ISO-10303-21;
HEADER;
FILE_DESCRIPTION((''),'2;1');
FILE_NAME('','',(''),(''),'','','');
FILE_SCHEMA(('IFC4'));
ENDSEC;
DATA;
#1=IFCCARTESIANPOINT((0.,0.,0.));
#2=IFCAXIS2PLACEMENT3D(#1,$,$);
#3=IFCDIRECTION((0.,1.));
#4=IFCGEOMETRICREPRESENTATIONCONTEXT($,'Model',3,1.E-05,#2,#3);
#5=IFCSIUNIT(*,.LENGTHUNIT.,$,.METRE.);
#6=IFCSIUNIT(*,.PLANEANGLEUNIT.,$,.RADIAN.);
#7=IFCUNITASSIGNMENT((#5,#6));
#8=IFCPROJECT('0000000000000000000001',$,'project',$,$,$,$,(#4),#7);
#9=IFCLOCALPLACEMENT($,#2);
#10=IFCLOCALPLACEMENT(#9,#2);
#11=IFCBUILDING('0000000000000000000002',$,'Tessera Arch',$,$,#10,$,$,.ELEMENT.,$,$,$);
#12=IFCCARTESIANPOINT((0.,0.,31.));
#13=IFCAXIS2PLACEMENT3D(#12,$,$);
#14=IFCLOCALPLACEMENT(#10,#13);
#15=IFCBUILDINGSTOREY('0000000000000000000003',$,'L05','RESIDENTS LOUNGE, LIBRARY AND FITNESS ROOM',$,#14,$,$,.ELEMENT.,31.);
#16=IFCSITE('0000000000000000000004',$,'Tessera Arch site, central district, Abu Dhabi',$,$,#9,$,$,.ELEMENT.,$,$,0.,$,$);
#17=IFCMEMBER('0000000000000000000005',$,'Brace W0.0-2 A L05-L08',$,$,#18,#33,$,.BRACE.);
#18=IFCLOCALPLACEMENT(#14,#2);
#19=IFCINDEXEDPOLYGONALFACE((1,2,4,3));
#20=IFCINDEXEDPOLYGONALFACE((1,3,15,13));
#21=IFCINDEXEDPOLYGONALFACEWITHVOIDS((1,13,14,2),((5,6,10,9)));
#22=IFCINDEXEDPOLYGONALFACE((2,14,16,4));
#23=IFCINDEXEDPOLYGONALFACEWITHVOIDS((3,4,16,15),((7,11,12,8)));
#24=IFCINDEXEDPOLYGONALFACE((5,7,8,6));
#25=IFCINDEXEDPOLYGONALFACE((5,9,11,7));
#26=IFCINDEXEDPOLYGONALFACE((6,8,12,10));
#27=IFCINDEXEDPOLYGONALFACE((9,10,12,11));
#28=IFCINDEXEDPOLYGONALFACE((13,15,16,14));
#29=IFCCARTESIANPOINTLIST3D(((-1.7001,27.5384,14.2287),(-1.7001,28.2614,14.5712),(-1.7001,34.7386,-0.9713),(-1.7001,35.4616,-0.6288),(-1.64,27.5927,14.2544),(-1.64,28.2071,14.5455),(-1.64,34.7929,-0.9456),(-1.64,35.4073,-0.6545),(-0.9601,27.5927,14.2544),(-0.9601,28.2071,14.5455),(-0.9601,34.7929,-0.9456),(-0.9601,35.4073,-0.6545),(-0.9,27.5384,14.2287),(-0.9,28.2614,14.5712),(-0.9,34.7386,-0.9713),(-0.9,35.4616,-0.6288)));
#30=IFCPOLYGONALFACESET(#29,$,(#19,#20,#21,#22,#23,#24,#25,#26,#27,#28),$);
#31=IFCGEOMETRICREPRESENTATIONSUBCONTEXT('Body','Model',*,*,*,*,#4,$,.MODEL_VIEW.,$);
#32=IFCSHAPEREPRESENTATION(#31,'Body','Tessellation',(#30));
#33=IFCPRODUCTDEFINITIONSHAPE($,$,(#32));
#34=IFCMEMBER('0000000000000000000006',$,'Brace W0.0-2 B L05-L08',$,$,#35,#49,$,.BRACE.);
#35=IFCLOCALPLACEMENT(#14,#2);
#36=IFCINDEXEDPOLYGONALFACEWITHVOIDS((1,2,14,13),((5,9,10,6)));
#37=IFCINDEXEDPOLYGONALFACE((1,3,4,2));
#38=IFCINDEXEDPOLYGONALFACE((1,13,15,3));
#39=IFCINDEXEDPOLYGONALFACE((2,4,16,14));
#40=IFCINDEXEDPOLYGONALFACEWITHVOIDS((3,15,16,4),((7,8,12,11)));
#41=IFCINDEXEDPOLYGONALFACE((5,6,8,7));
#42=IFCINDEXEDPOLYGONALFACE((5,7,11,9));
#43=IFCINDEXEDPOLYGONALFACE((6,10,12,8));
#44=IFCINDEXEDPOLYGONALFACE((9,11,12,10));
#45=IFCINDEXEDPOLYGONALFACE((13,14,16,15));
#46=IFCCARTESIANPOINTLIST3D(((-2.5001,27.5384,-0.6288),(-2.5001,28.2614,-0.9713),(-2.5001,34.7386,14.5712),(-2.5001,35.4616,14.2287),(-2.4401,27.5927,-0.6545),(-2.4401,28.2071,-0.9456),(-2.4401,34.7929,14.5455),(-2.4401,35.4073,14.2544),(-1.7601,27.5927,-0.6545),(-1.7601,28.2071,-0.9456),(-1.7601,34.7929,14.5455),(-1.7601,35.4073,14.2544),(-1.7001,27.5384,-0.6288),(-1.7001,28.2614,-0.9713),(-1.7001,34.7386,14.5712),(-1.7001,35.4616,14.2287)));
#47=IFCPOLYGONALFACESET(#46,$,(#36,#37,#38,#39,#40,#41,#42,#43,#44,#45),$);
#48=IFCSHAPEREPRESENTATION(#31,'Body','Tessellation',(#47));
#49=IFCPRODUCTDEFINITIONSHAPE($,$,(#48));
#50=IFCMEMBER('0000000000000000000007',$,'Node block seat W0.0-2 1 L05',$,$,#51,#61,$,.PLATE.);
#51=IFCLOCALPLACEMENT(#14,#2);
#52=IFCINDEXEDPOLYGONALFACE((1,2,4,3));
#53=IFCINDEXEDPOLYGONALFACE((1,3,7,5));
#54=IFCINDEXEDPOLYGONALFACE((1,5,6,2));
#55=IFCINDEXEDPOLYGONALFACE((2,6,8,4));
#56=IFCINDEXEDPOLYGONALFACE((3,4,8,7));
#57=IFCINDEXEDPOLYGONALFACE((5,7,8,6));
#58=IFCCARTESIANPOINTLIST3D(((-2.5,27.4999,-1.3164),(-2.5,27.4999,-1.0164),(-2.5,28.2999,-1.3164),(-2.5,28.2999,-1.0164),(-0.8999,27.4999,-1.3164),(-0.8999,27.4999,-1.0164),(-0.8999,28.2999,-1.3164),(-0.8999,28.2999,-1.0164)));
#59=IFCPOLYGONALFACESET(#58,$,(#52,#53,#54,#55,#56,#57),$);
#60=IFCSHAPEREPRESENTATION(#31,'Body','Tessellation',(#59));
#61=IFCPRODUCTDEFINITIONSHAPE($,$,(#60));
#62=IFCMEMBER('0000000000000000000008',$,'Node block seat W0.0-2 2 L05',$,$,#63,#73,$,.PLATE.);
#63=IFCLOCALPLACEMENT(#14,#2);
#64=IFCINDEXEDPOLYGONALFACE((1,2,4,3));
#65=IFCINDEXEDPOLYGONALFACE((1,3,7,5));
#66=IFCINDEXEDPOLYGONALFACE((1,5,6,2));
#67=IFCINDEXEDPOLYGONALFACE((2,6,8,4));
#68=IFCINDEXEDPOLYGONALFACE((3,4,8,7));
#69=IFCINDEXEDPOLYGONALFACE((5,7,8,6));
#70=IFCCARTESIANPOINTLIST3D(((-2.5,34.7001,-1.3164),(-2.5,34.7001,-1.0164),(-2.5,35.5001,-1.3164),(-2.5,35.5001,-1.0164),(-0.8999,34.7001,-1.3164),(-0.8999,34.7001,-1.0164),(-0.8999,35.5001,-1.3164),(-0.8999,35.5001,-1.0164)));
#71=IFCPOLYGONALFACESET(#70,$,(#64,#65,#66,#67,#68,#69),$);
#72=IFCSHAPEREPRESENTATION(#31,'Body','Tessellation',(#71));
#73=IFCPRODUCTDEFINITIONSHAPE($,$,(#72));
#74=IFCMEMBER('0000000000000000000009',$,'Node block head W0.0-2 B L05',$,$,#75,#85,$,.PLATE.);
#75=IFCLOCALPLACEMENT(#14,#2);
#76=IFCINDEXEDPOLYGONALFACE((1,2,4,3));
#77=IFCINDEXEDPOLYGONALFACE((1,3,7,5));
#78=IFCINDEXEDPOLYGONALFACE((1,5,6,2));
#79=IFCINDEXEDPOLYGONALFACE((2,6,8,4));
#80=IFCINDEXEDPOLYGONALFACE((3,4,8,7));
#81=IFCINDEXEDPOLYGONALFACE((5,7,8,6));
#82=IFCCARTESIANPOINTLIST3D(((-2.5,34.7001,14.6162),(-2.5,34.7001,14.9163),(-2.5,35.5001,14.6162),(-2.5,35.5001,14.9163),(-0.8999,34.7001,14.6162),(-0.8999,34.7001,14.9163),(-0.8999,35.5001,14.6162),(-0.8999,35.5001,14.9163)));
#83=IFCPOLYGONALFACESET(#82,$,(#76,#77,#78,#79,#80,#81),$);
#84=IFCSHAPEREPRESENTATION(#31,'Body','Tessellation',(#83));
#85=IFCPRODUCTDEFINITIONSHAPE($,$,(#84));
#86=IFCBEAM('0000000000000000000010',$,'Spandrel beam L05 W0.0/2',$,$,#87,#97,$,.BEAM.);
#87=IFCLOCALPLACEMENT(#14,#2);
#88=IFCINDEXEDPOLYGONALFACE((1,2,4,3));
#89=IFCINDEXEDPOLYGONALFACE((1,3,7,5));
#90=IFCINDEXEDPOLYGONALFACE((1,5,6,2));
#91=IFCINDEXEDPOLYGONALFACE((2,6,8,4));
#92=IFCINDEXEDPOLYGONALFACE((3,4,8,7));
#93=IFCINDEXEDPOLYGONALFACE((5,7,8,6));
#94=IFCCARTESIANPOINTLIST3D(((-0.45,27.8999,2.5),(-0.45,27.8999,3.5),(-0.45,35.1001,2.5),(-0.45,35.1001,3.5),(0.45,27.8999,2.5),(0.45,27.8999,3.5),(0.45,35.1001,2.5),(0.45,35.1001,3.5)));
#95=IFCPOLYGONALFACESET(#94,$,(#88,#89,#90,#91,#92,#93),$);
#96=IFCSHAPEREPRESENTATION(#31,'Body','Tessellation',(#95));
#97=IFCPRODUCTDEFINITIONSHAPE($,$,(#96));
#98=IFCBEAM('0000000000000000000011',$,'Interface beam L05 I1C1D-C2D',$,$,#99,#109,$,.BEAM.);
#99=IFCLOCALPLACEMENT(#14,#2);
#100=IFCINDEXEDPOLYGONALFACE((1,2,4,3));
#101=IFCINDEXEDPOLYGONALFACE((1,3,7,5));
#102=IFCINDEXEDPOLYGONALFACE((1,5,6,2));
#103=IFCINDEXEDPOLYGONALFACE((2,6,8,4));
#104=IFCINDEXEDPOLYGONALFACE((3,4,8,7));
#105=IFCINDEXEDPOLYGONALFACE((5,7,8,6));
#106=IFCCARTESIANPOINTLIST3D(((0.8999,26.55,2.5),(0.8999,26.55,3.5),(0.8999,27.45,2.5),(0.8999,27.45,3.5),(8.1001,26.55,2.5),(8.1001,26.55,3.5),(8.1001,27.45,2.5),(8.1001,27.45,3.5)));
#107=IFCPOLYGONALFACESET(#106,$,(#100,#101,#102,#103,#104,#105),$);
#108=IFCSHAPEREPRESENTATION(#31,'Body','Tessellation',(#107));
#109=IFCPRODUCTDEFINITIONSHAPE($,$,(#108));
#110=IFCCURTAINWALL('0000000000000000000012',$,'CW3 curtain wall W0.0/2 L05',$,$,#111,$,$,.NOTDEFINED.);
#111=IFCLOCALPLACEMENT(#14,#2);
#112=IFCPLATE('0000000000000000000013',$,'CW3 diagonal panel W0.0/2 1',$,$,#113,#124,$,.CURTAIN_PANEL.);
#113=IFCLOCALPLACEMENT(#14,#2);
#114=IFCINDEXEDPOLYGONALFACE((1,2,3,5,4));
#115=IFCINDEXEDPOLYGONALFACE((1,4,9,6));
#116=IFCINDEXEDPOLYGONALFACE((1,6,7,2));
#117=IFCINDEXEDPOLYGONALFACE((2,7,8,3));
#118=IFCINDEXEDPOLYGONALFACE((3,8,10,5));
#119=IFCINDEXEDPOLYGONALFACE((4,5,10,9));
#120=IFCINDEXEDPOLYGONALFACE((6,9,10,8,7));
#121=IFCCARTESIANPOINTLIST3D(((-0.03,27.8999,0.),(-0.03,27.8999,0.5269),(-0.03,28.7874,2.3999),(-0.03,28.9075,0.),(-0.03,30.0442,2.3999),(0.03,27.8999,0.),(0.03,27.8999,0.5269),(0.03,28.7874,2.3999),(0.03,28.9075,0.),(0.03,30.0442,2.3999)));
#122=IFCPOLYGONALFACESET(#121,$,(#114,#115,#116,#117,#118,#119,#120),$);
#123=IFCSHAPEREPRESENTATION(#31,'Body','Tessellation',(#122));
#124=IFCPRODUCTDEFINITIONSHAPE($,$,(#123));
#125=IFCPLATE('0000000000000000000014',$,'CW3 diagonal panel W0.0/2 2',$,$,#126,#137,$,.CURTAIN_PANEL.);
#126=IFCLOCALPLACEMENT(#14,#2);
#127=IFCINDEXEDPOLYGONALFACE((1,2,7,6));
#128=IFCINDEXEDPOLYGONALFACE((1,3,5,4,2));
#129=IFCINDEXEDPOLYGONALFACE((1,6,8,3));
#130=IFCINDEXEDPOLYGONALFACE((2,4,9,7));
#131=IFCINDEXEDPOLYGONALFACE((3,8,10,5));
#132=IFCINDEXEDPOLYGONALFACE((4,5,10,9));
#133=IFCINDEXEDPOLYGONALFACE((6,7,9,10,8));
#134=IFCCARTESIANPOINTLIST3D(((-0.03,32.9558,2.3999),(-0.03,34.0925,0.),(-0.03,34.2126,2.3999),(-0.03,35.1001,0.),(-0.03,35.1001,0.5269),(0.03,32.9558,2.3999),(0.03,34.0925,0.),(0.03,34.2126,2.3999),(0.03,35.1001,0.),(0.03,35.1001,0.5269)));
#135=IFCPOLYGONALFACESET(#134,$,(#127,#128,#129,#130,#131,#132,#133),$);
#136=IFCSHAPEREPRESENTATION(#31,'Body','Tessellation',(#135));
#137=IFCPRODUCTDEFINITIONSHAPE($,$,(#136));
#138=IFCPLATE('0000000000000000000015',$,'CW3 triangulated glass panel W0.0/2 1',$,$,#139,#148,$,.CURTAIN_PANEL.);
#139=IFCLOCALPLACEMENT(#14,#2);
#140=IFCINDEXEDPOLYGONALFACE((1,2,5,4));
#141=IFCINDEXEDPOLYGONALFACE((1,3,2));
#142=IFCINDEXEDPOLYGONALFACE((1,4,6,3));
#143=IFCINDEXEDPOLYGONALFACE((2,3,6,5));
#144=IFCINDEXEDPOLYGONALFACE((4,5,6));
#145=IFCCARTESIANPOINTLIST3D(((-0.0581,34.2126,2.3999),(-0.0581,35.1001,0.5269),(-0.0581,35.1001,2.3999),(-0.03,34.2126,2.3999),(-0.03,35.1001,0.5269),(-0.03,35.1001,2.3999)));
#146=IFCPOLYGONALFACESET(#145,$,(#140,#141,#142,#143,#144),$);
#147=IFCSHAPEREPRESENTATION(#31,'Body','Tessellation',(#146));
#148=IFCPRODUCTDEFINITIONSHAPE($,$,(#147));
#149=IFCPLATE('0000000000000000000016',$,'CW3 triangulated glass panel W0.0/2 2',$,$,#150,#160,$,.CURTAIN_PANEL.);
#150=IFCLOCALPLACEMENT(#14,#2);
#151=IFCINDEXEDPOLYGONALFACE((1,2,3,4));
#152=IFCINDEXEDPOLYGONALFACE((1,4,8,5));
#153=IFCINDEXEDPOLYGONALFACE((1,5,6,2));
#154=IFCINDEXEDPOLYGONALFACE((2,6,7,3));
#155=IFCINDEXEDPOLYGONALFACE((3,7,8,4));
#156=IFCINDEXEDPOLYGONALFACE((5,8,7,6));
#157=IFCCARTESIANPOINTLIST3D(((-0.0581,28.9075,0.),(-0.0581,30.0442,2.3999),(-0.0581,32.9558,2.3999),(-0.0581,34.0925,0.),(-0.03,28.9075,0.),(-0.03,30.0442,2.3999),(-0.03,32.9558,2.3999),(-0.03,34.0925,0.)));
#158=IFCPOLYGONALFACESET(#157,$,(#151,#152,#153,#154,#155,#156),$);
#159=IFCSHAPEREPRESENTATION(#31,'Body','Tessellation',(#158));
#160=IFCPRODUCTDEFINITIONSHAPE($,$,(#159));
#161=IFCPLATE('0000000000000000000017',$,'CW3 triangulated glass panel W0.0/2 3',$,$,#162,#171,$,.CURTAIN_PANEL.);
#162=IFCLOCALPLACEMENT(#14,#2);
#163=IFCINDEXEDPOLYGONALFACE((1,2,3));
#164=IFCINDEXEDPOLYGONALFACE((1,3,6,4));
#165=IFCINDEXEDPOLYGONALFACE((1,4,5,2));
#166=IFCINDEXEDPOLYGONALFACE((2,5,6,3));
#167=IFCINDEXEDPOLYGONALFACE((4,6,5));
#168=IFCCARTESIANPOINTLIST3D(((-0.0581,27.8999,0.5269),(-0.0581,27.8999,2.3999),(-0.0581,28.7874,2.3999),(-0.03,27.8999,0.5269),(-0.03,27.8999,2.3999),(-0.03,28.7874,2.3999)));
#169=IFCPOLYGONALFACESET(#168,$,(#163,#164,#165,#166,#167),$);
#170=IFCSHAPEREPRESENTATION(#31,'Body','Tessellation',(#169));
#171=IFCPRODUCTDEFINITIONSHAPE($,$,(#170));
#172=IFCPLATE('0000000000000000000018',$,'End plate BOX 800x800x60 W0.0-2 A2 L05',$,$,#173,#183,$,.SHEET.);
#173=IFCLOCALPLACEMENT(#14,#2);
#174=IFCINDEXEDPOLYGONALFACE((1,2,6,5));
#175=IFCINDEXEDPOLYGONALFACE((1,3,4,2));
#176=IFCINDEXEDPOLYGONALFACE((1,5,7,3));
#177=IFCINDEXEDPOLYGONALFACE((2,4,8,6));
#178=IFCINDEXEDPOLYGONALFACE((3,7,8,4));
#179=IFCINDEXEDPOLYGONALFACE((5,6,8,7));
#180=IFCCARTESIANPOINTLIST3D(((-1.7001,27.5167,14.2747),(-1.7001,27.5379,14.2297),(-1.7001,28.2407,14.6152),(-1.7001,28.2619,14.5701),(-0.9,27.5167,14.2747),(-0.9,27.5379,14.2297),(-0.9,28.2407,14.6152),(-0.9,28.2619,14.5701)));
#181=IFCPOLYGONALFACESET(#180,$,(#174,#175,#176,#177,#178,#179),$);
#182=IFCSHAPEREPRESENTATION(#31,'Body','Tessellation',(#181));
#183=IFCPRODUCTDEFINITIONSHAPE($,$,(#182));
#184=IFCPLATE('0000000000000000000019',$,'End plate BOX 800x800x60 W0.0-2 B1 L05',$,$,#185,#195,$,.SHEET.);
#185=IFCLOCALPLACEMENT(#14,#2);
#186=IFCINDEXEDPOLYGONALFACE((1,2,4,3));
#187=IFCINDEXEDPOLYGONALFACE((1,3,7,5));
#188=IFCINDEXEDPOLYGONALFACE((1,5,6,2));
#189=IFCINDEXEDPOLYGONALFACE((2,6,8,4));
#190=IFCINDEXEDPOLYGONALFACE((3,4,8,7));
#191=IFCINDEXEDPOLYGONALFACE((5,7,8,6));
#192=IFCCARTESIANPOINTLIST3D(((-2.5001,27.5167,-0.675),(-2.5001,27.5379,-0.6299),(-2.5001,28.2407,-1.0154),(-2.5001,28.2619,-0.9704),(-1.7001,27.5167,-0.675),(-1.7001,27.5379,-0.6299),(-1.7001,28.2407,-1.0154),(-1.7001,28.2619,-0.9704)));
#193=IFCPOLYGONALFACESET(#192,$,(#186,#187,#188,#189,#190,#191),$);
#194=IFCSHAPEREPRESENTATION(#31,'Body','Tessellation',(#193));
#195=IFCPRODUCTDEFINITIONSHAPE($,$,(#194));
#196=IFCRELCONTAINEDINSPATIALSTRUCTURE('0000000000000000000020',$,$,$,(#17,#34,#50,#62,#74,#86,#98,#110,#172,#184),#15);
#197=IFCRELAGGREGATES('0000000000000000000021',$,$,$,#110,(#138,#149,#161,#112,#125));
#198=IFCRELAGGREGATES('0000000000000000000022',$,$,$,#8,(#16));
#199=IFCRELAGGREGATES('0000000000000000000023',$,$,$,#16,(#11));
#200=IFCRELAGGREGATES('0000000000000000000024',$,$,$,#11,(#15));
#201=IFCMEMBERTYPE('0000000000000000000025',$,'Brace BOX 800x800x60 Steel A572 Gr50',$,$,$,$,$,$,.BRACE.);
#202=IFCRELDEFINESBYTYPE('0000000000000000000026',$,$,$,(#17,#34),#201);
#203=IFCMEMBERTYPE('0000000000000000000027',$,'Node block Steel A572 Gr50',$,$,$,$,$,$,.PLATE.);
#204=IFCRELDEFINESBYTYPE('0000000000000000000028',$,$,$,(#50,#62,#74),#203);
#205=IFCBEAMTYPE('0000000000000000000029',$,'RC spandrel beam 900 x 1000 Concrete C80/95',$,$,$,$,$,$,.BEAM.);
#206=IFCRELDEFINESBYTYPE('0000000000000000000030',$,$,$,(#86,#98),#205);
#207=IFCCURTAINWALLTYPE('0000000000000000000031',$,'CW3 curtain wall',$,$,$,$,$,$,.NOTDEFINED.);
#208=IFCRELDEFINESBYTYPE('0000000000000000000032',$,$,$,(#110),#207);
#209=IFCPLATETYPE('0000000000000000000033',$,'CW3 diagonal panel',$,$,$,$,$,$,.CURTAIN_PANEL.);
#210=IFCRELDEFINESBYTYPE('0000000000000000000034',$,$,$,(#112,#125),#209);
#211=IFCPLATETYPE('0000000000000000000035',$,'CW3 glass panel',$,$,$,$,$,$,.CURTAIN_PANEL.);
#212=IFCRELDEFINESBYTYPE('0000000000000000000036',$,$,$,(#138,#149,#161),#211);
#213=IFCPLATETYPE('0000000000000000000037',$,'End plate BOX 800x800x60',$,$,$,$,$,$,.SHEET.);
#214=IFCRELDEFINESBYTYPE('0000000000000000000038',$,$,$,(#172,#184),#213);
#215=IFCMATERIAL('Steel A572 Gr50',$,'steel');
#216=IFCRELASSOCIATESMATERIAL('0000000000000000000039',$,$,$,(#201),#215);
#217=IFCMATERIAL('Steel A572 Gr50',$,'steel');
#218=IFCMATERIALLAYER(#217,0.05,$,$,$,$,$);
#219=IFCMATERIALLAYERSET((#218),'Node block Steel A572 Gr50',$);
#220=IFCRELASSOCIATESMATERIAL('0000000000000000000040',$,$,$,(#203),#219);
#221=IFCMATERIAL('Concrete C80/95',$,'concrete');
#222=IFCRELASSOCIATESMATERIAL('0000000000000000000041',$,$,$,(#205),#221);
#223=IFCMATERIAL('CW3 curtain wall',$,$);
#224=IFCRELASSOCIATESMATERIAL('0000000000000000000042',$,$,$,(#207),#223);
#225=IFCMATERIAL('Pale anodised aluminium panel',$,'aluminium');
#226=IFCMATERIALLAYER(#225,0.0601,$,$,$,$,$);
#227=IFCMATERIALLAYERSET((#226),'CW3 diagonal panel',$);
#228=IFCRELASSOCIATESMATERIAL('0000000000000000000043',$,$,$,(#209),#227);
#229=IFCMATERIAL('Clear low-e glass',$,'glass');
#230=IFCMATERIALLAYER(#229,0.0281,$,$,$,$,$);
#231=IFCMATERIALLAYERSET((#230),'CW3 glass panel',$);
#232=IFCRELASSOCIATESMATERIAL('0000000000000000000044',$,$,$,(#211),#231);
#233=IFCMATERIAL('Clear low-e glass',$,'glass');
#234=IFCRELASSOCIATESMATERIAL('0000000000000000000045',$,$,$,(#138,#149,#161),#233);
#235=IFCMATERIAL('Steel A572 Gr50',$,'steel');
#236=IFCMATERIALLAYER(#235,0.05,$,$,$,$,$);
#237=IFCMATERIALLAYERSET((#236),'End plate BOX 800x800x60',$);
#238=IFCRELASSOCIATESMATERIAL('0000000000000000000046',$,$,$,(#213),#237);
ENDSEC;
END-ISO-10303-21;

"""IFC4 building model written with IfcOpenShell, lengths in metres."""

from ifc_helpers import new_model, si_unit, direction, frame, origin, origin_2d, place, context, subcontext, project, spatial, polyline, rectangle, hollow_rectangle, outline, extrude, material, layer, layer_set, material_profile, profile_set, type_object, element, aggregate, save


model = new_model("IFC4")

# Units and contexts
model_context = context("Model", 3, precision=1e-05, world=origin(), true_north=direction((0.0, 1.0)))
body_context = subcontext(model_context, "Body", "Model", "MODEL_VIEW")
ifc_project = project(units=[si_unit("LENGTHUNIT", "METRE"), si_unit("PLANEANGLEUNIT", "RADIAN")], contexts=[model_context])

# Site, building, storey
site_placement = place(None, origin())
site = spatial("IfcSite", under=ifc_project, at=site_placement, Name="Tessera Arch site, central district, Abu Dhabi", CompositionType="ELEMENT", RefElevation=0.0)
building_placement = place(site_placement, origin())
building = spatial("IfcBuilding", under=site, at=building_placement, Name="Tessera Arch", CompositionType="ELEMENT")
storey_placement = place(building_placement, frame((0.0, 0.0, 31.0)))
storey = spatial("IfcBuildingStorey", under=building, at=storey_placement, Name="L05", Description="RESIDENTS LOUNGE, LIBRARY AND FITNESS ROOM", CompositionType="ELEMENT", Elevation=31.0)

# Members
ifc_material_1 = material(Name="Steel A572 Gr50", Category="steel")
ifc_material_profile_1 = material_profile(ifc_material_1, hollow_rectangle(XDim=0.8, YDim=0.8, WallThickness=0.0601, at=origin_2d()), Name="BOX 800x800x60")
ifc_profile_set_1 = profile_set([ifc_material_profile_1], Name="Steel A572 Gr50")
member_type_1 = type_object("IfcMemberType", Name="Brace BOX 800x800x60 Steel A572 Gr50", PredefinedType="BRACE", material=ifc_profile_set_1)
for number, where, z_axis, x_axis, name in (
    (1, (-1.3, 35.1001, -0.8), (0.0, -0.428097, 0.903733), (1.0, 0.0, 0.0), "Brace W0.0-2 A L05-L08"),
    (2, (-2.1001, 27.8999, -0.8), (0.0, 0.428097, 0.903733), (-1.0, 0.0, 0.0), "Brace W0.0-2 B L05-L08"),
):
    element("IfcMember", number, at=place(storey_placement, frame(where, z_axis=z_axis, x_axis=x_axis)), inside=storey, type_object=member_type_1, Name=name, PredefinedType="BRACE", context=body_context, shape_type="SweptSolid", body=[
        extrude(hollow_rectangle(XDim=0.8, YDim=0.8, WallThickness=0.0601, at=origin_2d()), origin(), (0.0, 0.0, 1.0), 16.8191),
    ])
ifc_material_2 = material(Name="Steel A572 Gr50", Category="steel")
ifc_layer_1 = layer(ifc_material_2, 0.05)
ifc_layer_set_1 = layer_set([ifc_layer_1], Name="Node block Steel A572 Gr50")
member_type_2 = type_object("IfcMemberType", Name="Node block Steel A572 Gr50", PredefinedType="PLATE", material=ifc_layer_set_1)
for number, where, z_axis, x_axis, name in (
    (3, (-1.7, 27.8999, -1.3164), (0.0, 0.0, 1.0), (0.0, -1.0, 0.0), "Node block seat W0.0-2 1 L05"),
    (4, (-1.7, 35.1001, -1.3164), (0.0, 0.0, 1.0), (0.0, -1.0, 0.0), "Node block seat W0.0-2 2 L05"),
    (5, (-1.7, 35.1001, 14.6162), (0.0, 0.0, 1.0), (0.0, -1.0, 0.0), "Node block head W0.0-2 B L05"),
):
    element("IfcMember", number, at=place(storey_placement, frame(where, z_axis=z_axis, x_axis=x_axis)), inside=storey, type_object=member_type_2, Name=name, PredefinedType="PLATE", context=body_context, shape_type="SweptSolid", body=[
        extrude(rectangle(XDim=0.8, YDim=1.6001, at=origin_2d()), origin(), (0.0, 0.0, 1.0), 0.3),
    ])

# Beams
ifc_material_3 = material(Name="Concrete C80/95", Category="concrete")
ifc_material_profile_2 = material_profile(ifc_material_3, rectangle(XDim=0.8999, YDim=1.0, at=origin_2d()), Name="RC spandrel beam 900 x 1000 Concrete C80/95")
ifc_profile_set_2 = profile_set([ifc_material_profile_2], Name="Concrete C80/95")
beam_type = type_object("IfcBeamType", Name="RC spandrel beam 900 x 1000 Concrete C80/95", PredefinedType="BEAM", material=ifc_profile_set_2)
for number, where, z_axis, x_axis, name in (
    (6, (0.0, 35.1001, 3.0), (0.0, -1.0, 0.0), (1.0, 0.0, 0.0), "Spandrel beam L05 W0.0/2"),
    (7, (0.8999, 27.0, 3.0), (1.0, 0.0, 0.0), (0.0, 1.0, 0.0), "Interface beam L05 I1C1D-C2D"),
):
    element("IfcBeam", number, at=place(storey_placement, frame(where, z_axis=z_axis, x_axis=x_axis)), inside=storey, type_object=beam_type, Name=name, PredefinedType="BEAM", context=body_context, shape_type="SweptSolid", body=[
        extrude(rectangle(XDim=0.8999, YDim=1.0, at=origin_2d()), origin(), (0.0, 0.0, 1.0), 7.2002),
    ])

# Curtain wall, plates
ifc_material_4 = material(Name="CW3 curtain wall")
curtain_wall_type = type_object("IfcCurtainWallType", Name="CW3 curtain wall", PredefinedType="NOTDEFINED", material=ifc_material_4)
curtain_wall_placement = place(storey_placement, origin())
curtain_wall = element("IfcCurtainWall", 8, at=curtain_wall_placement, inside=storey, type_object=curtain_wall_type, Name="CW3 curtain wall W0.0/2 L05", PredefinedType="NOTDEFINED")
ifc_material_5 = material(Name="Pale anodised aluminium panel", Category="aluminium")
ifc_layer_2 = layer(ifc_material_5, 0.0601)
ifc_layer_set_2 = layer_set([ifc_layer_2], Name="CW3 diagonal panel")
plate_type_1 = type_object("IfcPlateType", Name="CW3 diagonal panel", PredefinedType="CURTAIN_PANEL", material=ifc_layer_set_2)
plate_1_placement = place(storey_placement, frame((-0.03, 27.8999, 0.0), z_axis=(-1.0, 0.0, 0.0), x_axis=(0.0, 0.0, 1.0)))
plate_1 = element("IfcPlate", 9, at=plate_1_placement, type_object=plate_type_1, Name="CW3 diagonal panel W0.0/2 1", PredefinedType="CURTAIN_PANEL", context=body_context, shape_type="SweptSolid", body=[
    extrude(outline(polyline([(0.0, 0.0), (0.5269, 0.0), (2.3999, 0.8875), (2.3999, 2.1443), (0.0, 1.0076), (0.0, 0.0)])), origin(), (0.0, 0.0, -1.0), 0.0601),
])
plate_2_placement = place(storey_placement, frame((-0.03, 32.9558, 2.3999), z_axis=(-1.0, 0.0, 0.0), x_axis=(0.0, 1.0, 0.0)))
plate_2 = element("IfcPlate", 10, at=plate_2_placement, type_object=plate_type_1, Name="CW3 diagonal panel W0.0/2 2", PredefinedType="CURTAIN_PANEL", context=body_context, shape_type="SweptSolid", body=[
    extrude(outline(polyline([(0.0, 0.0), (1.2568, 0.0), (2.1443, 1.873), (2.1443, 2.3999), (1.1367, 2.3999), (0.0, 0.0)])), origin(), (0.0, 0.0, -1.0), 0.0601),
])
ifc_material_6 = material(Name="Clear low-e glass", Category="glass")
ifc_material_7 = material(Name="Clear low-e glass", Category="glass")
ifc_layer_3 = layer(ifc_material_7, 0.0281)
ifc_layer_set_3 = layer_set([ifc_layer_3], Name="CW3 glass panel")
plate_type_2 = type_object("IfcPlateType", Name="CW3 glass panel", PredefinedType="CURTAIN_PANEL", material=ifc_layer_set_3)
plate_3_placement = place(storey_placement, frame((-0.0581, 35.1001, 2.3999), z_axis=(-1.0, 0.0, 0.0), x_axis=(0.0, 0.0, -1.0)))
plate_3 = element("IfcPlate", 11, at=plate_3_placement, type_object=plate_type_2, material=ifc_material_6, Name="CW3 triangulated glass panel W0.0/2 1", PredefinedType="CURTAIN_PANEL", context=body_context, shape_type="SweptSolid", body=[
    extrude(outline(polyline([(0.0, 0.0), (1.873, 0.0), (0.0, 0.8875), (0.0, 0.0)])), origin(), (0.0, 0.0, -1.0), 0.0281),
])
plate_4_placement = place(storey_placement, frame((-0.0581, 30.0442, 2.3999), z_axis=(-1.0, 0.0, 0.0), x_axis=(0.0, 1.0, 0.0)))
plate_4 = element("IfcPlate", 12, at=plate_4_placement, type_object=plate_type_2, material=ifc_material_6, Name="CW3 triangulated glass panel W0.0/2 2", PredefinedType="CURTAIN_PANEL", context=body_context, shape_type="SweptSolid", body=[
    extrude(outline(polyline([(0.0, 0.0), (2.9116, 0.0), (4.0483, 2.3999), (-1.1367, 2.3999), (0.0, 0.0)])), origin(), (0.0, 0.0, -1.0), 0.0281),
])
plate_5_placement = place(storey_placement, frame((-0.0581, 27.8999, 2.3999), z_axis=(-1.0, 0.0, 0.0), x_axis=(0.0, 1.0, 0.0)))
plate_5 = element("IfcPlate", 13, at=plate_5_placement, type_object=plate_type_2, material=ifc_material_6, Name="CW3 triangulated glass panel W0.0/2 3", PredefinedType="CURTAIN_PANEL", context=body_context, shape_type="SweptSolid", body=[
    extrude(outline(polyline([(0.0, 0.0), (0.8875, 0.0), (0.0, 1.873), (0.0, 0.0)])), origin(), (0.0, 0.0, -1.0), 0.0281),
])
aggregate(curtain_wall, [plate_3, plate_4, plate_5, plate_1, plate_2])

# Plates
ifc_material_8 = material(Name="Steel A572 Gr50", Category="steel")
ifc_layer_4 = layer(ifc_material_8, 0.05)
ifc_layer_set_4 = layer_set([ifc_layer_4], Name="End plate BOX 800x800x60")
plate_type_3 = type_object("IfcPlateType", Name="End plate BOX 800x800x60", PredefinedType="SHEET", material=ifc_layer_set_4)
for number, where, z_axis, x_axis, name in (
    (14, (-1.3, 27.8999, 14.3999), (0.0, -0.425561, 0.90493), (1.0, 0.0, 0.0), "End plate BOX 800x800x60 W0.0-2 A2 L05"),
    (15, (-2.1001, 27.8787, -0.8452), (0.0, 0.425561, 0.90493), (-1.0, 0.0, 0.0), "End plate BOX 800x800x60 W0.0-2 B1 L05"),
):
    element("IfcPlate", number, at=place(storey_placement, frame(where, z_axis=z_axis, x_axis=x_axis)), inside=storey, type_object=plate_type_3, Name=name, PredefinedType="SHEET", context=body_context, shape_type="SweptSolid", body=[
        extrude(rectangle(XDim=0.8, YDim=0.8, at=origin_2d()), origin(), (0.0, 0.0, 1.0), 0.0498),
    ])

save(model, "model.ifc")
